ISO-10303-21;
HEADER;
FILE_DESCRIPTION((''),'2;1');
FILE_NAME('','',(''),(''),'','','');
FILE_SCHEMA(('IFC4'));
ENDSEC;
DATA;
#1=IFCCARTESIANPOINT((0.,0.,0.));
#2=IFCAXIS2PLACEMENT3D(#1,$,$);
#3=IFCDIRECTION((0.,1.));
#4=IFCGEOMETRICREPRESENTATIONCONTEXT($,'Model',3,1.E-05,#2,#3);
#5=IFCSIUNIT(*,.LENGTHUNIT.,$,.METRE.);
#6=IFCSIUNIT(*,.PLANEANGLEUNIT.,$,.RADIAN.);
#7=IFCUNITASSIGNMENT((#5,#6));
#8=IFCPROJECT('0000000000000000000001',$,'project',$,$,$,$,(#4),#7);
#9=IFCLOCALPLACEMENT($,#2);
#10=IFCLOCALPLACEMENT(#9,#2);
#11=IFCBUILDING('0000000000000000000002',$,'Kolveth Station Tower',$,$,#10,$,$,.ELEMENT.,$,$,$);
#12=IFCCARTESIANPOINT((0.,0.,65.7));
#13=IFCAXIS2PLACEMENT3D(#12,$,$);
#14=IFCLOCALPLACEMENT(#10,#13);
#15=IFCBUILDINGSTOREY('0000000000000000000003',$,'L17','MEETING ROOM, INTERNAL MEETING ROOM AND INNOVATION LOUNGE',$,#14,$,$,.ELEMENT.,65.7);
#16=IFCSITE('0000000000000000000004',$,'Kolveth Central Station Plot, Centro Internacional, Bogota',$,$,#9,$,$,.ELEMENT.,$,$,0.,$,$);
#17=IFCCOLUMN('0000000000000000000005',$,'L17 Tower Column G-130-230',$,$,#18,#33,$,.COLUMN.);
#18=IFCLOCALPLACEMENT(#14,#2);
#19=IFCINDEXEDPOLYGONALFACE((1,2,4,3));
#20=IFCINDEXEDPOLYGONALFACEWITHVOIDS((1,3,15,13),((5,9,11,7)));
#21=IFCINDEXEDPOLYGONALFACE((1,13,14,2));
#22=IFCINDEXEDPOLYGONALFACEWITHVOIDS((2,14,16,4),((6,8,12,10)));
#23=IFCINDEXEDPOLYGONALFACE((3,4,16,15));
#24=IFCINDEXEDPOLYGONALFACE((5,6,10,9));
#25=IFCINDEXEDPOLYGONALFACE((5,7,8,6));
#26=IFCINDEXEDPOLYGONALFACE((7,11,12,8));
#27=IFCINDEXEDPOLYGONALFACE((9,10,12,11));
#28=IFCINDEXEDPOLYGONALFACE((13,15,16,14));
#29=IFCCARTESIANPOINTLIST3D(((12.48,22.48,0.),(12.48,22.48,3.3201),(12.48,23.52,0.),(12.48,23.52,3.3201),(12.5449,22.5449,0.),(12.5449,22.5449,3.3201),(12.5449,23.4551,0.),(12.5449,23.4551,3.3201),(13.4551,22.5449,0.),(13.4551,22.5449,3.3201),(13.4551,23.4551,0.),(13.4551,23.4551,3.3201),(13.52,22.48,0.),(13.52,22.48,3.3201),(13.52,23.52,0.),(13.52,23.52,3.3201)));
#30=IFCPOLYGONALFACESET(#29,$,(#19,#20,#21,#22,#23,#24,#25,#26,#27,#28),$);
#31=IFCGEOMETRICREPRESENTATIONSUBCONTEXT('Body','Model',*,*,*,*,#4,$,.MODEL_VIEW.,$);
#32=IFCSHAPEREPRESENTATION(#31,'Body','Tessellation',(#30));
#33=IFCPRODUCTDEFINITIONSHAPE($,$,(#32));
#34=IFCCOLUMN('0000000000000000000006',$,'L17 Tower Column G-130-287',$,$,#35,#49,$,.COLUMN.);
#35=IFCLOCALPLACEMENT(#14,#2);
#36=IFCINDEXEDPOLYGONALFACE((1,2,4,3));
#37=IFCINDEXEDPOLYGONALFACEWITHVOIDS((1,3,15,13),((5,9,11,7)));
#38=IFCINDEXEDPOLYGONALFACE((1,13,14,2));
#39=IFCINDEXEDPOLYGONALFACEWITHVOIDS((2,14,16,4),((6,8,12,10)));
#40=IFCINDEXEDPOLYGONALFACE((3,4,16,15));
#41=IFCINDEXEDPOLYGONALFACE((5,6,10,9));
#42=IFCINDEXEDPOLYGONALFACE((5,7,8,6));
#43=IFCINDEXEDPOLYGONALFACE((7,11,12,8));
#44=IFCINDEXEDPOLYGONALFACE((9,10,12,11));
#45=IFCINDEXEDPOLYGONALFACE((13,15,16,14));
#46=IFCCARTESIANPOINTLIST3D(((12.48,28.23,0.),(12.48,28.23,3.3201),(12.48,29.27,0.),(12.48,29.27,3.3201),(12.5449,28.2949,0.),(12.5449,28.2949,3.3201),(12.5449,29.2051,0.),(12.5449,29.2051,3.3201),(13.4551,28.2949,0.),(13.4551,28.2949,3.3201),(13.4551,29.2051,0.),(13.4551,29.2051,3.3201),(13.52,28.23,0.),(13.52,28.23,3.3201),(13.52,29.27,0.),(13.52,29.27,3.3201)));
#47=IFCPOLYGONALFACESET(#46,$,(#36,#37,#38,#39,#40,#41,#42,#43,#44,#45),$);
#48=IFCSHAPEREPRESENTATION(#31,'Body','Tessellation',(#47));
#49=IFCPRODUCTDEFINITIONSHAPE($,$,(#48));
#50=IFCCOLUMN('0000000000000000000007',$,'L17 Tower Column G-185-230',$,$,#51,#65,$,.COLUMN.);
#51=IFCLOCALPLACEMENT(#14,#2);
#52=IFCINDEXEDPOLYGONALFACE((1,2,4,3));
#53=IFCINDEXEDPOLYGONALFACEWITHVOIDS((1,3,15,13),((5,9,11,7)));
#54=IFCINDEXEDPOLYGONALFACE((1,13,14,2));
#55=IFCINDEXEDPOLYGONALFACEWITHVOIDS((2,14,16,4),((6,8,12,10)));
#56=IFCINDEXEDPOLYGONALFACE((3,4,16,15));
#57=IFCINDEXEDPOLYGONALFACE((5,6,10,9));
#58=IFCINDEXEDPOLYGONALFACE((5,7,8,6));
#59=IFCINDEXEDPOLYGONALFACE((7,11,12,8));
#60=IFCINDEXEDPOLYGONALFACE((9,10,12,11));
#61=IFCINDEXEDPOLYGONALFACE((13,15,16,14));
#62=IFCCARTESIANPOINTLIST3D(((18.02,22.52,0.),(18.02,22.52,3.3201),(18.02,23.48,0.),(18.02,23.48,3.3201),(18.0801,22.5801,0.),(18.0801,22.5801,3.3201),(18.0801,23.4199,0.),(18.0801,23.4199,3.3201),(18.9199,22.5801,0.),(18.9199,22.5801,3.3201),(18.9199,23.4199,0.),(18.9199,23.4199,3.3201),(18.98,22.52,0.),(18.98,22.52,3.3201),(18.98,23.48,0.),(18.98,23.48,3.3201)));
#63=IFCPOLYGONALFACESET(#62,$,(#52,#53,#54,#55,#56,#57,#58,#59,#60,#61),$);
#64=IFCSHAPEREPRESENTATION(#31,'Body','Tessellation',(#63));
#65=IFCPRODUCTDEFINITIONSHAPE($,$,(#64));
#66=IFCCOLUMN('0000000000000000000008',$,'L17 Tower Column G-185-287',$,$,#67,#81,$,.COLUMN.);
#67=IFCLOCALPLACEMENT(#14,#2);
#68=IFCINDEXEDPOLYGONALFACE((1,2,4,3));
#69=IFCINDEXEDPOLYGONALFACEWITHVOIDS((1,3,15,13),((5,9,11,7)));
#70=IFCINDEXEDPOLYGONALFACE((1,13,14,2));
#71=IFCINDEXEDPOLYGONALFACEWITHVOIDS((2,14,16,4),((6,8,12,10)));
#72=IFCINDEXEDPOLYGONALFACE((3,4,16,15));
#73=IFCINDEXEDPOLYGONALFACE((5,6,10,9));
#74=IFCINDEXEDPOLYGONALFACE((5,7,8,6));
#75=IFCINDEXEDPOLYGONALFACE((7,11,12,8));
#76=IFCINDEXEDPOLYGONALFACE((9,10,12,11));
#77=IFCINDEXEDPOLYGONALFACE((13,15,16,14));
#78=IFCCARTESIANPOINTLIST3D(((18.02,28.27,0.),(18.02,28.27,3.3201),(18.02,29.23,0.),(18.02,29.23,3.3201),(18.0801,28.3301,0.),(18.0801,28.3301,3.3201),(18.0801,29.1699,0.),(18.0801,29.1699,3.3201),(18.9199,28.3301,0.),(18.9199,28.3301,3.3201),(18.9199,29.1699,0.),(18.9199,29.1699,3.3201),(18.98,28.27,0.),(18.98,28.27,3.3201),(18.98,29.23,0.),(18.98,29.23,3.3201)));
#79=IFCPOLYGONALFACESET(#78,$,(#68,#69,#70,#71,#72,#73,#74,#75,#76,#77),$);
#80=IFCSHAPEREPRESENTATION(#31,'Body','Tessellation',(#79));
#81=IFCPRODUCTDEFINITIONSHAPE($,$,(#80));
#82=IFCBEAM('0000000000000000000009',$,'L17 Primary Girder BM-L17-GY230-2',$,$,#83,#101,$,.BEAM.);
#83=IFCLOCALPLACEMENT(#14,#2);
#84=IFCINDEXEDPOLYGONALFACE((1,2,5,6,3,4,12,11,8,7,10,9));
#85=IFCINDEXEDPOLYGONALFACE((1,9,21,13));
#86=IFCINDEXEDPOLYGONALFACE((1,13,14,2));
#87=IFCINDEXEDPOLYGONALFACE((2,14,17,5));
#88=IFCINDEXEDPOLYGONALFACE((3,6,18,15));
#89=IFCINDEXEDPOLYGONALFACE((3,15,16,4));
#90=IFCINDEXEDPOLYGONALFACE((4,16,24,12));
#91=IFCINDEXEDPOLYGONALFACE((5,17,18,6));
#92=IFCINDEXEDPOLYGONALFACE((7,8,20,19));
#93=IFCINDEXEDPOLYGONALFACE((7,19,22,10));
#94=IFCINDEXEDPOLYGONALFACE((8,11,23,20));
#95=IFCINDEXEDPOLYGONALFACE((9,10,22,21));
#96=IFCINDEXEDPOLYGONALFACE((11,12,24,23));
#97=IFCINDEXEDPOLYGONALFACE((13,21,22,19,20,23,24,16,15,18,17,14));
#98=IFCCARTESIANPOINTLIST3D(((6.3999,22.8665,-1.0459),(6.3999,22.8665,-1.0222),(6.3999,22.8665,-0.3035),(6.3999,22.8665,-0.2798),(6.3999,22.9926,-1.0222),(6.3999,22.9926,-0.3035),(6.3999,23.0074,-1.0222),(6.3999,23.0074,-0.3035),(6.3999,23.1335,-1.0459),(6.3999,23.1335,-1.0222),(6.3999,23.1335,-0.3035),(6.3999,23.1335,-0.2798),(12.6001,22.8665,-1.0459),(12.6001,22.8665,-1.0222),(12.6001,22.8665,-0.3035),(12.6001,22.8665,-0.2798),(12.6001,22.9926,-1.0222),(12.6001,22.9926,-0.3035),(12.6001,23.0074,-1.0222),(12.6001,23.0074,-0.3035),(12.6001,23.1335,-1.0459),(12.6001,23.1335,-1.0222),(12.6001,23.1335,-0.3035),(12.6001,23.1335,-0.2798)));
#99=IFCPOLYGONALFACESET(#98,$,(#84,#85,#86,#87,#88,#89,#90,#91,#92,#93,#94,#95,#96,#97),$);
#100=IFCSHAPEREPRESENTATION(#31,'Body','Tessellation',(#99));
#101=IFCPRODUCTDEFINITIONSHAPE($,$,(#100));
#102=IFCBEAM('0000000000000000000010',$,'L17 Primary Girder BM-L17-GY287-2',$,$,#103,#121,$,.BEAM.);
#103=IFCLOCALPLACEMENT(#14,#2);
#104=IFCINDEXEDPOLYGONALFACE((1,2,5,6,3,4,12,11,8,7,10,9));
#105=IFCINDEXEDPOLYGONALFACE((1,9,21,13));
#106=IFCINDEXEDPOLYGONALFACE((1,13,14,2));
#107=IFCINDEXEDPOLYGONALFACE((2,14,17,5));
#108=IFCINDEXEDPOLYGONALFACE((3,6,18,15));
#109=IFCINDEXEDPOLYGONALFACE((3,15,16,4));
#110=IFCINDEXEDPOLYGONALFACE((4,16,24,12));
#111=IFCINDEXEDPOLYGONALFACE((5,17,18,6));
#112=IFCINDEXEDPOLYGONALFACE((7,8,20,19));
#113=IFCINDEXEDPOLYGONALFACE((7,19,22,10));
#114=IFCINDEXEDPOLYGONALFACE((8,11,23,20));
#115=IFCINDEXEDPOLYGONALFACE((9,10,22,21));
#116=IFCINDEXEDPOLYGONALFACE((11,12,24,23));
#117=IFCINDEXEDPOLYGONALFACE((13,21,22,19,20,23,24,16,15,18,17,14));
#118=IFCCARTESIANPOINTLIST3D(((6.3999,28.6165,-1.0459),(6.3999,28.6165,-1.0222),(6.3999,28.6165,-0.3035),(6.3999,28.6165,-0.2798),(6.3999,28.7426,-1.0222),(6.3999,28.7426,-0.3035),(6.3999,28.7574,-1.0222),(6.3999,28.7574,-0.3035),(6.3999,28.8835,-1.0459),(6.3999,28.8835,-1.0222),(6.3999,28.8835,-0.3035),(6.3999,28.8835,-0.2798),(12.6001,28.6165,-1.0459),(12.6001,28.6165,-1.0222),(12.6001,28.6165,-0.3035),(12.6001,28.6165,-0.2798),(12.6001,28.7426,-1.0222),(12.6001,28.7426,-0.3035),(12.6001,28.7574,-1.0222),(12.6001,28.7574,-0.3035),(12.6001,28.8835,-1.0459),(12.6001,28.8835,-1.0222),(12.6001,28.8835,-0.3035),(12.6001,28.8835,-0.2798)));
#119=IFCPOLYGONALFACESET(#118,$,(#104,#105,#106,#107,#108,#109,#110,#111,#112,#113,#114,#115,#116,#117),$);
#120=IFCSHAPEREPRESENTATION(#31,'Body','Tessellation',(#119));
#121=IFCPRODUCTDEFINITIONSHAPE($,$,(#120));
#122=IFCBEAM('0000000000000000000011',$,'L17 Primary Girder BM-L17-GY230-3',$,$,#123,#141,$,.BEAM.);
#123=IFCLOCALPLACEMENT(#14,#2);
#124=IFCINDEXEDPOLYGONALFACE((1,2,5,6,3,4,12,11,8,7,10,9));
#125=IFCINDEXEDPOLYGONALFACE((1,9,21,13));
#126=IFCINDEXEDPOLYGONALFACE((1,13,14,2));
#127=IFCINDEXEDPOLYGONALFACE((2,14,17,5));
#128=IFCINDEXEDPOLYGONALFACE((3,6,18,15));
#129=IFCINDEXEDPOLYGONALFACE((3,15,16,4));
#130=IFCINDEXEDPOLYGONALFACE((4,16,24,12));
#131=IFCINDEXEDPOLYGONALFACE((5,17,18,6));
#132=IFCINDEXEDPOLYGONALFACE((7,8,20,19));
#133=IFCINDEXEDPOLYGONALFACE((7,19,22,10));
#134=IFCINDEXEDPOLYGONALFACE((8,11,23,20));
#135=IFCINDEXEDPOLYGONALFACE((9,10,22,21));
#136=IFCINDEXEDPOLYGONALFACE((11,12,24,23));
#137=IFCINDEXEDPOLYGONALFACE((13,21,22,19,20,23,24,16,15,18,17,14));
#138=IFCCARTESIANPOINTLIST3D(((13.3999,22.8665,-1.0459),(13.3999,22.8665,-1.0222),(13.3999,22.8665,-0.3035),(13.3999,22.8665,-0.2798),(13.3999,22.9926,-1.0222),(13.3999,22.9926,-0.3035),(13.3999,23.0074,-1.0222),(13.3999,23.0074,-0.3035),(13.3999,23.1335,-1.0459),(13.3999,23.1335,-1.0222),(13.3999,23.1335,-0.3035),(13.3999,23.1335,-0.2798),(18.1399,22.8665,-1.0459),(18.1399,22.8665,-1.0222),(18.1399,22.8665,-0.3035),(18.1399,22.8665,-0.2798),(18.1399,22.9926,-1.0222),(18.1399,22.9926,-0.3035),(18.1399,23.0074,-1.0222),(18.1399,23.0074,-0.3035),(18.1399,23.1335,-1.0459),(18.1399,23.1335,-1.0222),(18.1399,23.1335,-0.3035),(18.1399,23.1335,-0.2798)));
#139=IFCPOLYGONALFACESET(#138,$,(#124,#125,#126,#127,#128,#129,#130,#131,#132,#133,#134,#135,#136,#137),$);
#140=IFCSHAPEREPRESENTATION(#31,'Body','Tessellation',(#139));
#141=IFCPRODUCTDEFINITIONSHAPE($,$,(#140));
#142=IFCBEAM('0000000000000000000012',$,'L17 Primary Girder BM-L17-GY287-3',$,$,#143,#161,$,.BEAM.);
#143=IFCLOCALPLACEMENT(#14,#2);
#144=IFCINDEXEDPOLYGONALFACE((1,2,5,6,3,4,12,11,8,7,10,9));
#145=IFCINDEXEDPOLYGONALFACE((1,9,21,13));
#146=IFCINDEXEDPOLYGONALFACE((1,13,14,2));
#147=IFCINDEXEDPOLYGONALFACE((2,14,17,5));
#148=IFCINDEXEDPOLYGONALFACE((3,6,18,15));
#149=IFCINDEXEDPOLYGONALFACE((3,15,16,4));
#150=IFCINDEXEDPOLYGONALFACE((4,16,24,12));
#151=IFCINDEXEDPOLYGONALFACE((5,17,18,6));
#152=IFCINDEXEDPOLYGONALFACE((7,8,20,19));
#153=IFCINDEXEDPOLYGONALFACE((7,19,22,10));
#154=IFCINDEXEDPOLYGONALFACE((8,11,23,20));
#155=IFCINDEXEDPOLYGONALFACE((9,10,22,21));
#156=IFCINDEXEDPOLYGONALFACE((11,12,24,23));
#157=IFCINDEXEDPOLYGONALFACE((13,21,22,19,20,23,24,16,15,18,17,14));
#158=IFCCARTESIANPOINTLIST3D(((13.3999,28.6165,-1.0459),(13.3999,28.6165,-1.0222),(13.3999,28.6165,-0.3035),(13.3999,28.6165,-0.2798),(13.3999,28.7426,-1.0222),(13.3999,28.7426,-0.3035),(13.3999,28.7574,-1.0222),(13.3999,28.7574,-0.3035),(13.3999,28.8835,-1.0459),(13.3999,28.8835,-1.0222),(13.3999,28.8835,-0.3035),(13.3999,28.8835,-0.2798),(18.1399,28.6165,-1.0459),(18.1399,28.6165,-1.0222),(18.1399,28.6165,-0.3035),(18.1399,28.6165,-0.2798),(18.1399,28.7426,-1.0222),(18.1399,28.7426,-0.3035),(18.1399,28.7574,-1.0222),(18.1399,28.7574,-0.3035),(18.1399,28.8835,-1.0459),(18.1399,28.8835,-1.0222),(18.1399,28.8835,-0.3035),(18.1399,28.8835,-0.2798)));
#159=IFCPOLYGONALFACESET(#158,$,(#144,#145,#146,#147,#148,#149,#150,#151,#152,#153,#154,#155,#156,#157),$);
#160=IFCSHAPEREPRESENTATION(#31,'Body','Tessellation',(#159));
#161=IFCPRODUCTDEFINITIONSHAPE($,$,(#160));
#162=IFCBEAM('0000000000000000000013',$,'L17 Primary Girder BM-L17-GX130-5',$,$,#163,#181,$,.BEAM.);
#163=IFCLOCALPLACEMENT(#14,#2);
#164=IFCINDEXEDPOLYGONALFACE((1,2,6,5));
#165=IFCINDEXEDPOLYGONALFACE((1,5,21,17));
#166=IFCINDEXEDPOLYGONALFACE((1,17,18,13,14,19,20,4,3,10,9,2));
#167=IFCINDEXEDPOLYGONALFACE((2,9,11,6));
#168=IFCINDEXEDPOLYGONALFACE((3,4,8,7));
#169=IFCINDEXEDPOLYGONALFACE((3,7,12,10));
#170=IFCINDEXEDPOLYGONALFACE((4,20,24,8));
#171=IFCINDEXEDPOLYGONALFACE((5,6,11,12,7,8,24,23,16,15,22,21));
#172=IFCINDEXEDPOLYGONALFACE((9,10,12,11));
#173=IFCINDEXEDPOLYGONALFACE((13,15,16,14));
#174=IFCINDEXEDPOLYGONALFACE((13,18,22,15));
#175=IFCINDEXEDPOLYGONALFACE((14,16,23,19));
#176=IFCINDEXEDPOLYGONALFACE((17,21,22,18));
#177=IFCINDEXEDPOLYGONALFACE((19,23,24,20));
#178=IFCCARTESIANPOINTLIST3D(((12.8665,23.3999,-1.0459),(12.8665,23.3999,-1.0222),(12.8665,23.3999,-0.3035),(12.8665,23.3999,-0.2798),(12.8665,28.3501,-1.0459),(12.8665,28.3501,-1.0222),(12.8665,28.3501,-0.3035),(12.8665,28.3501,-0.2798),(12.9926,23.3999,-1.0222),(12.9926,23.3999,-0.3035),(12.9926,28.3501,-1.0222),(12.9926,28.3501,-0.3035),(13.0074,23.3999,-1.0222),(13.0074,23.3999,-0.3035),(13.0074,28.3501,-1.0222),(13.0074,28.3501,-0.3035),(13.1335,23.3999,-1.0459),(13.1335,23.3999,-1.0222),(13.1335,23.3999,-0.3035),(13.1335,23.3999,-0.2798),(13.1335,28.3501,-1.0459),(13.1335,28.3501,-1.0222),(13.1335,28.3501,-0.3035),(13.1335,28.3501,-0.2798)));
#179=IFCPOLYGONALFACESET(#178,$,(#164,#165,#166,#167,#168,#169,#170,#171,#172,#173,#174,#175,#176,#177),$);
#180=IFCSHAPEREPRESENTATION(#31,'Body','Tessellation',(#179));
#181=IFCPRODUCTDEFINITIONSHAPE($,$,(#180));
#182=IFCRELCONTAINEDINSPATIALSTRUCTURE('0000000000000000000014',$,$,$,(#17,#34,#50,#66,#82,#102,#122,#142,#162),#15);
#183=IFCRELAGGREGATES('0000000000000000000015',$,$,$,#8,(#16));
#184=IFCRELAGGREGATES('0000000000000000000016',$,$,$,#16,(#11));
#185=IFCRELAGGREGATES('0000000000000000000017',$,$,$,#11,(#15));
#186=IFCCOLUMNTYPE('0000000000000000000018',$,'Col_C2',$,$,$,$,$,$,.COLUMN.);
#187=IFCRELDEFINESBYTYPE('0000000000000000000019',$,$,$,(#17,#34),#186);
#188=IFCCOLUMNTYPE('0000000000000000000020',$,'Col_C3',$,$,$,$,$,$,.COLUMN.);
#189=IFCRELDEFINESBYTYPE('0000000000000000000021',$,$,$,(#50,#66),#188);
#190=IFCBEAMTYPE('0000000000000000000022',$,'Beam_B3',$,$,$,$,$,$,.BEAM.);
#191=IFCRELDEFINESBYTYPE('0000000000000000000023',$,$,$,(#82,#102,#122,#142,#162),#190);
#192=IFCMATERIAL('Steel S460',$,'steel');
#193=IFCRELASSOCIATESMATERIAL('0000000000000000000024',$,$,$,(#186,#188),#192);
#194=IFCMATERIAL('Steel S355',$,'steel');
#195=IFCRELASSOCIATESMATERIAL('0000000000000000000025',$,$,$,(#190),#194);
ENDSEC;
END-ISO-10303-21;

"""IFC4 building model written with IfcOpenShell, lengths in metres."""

from ifc_helpers import new_model, si_unit, direction, frame, origin, origin_2d, place, context, subcontext, project, spatial, hollow_rectangle, i_section, extrude, source, transform, mapped, material, material_profile, profile_set, type_object, element, save


model = new_model("IFC4")

# Units and contexts
model_context = context("Model", 3, precision=1e-05, world=origin(), true_north=direction((0.0, 1.0)))
body_context = subcontext(model_context, "Body", "Model", "MODEL_VIEW")
ifc_project = project(units=[si_unit("LENGTHUNIT", "METRE"), si_unit("PLANEANGLEUNIT", "RADIAN")], contexts=[model_context])

# Site, building, storey
site_placement = place(None, origin())
site = spatial("IfcSite", under=ifc_project, at=site_placement, Name="Kolveth Central Station Plot, Centro Internacional, Bogota", CompositionType="ELEMENT", RefElevation=0.0)
building_placement = place(site_placement, origin())
building = spatial("IfcBuilding", under=site, at=building_placement, Name="Kolveth Station Tower", CompositionType="ELEMENT")
storey_placement = place(building_placement, frame((0.0, 0.0, 65.7)))
storey = spatial("IfcBuildingStorey", under=building, at=storey_placement, Name="L17", Description="MEETING ROOM, INTERNAL MEETING ROOM AND INNOVATION LOUNGE", CompositionType="ELEMENT", Elevation=65.7)

# Columns
ifc_material_1 = material(Name="Steel S460", Category="steel")
ifc_material_profile_1 = material_profile(ifc_material_1, hollow_rectangle(XDim=1.04, YDim=1.04, WallThickness=0.0649, at=origin_2d()), Name="BOX1040x1040x65")
ifc_profile_set_1 = profile_set([ifc_material_profile_1], Name="Steel S460")
column_type_1 = type_object("IfcColumnType", Name="Col_C2", PredefinedType="COLUMN", material=ifc_profile_set_1)
shared_shape_1 = source(origin(), body_context, "Body", "SweptSolid", [
    extrude(hollow_rectangle(XDim=1.04, YDim=1.04, WallThickness=0.0649, at=origin_2d()), origin(), (0.0, 0.0, 1.0), 3.3201),
])
for number, where, z_axis, x_axis, name in (
    (1, (13.0, 23.0, 0.0), (0.0, 0.0, 1.0), (1.0, 0.0, 0.0), "L17 Tower Column G-130-230"),
    (2, (13.0, 28.75, 0.0), (0.0, 0.0, 1.0), (1.0, 0.0, 0.0), "L17 Tower Column G-130-287"),
):
    element("IfcColumn", number, at=place(storey_placement, frame(where, z_axis=z_axis, x_axis=x_axis)), inside=storey, type_object=column_type_1, Name=name, PredefinedType="COLUMN", context=body_context, shape_type="MappedRepresentation", body=[
        mapped(shared_shape_1, transform((0.0, 0.0, 0.0), x_axis=(1.0, 0.0, 0.0), y_axis=(0.0, 1.0, 0.0), z_axis=(0.0, 0.0, 1.0), scale=1.0)),
    ])
ifc_material_profile_2 = material_profile(ifc_material_1, hollow_rectangle(XDim=0.96, YDim=0.96, WallThickness=0.0601, at=origin_2d()), Name="BOX960x960x60")
ifc_profile_set_2 = profile_set([ifc_material_profile_2], Name="Steel S460")
column_type_2 = type_object("IfcColumnType", Name="Col_C3", PredefinedType="COLUMN", material=ifc_profile_set_2)
shared_shape_2 = source(origin(), body_context, "Body", "SweptSolid", [
    extrude(hollow_rectangle(XDim=0.96, YDim=0.96, WallThickness=0.0601, at=origin_2d()), origin(), (0.0, 0.0, 1.0), 3.3201),
])
for number, where, z_axis, x_axis, name in (
    (3, (18.5, 23.0, 0.0), (0.0, 0.0, 1.0), (1.0, 0.0, 0.0), "L17 Tower Column G-185-230"),
    (4, (18.5, 28.75, 0.0), (0.0, 0.0, 1.0), (1.0, 0.0, 0.0), "L17 Tower Column G-185-287"),
):
    element("IfcColumn", number, at=place(storey_placement, frame(where, z_axis=z_axis, x_axis=x_axis)), inside=storey, type_object=column_type_2, Name=name, PredefinedType="COLUMN", context=body_context, shape_type="MappedRepresentation", body=[
        mapped(shared_shape_2, transform((0.0, 0.0, 0.0), x_axis=(1.0, 0.0, 0.0), y_axis=(0.0, 1.0, 0.0), z_axis=(0.0, 0.0, 1.0), scale=1.0)),
    ])

# Beams
ifc_material_2 = material(Name="Steel S355", Category="steel")
ifc_material_profile_3 = material_profile(ifc_material_2, i_section(OverallWidth=0.2671, OverallDepth=0.7661, WebThickness=0.0149, FlangeThickness=0.0237, at=origin_2d()), Name="W760x185")
ifc_profile_set_3 = profile_set([ifc_material_profile_3], Name="Steel S355")
beam_type_1 = type_object("IfcBeamType", Name="Beam_B3", PredefinedType="BEAM", material=ifc_profile_set_3)
shared_shape_3 = source(origin(), body_context, "Body", "SweptSolid", [
    extrude(i_section(OverallWidth=0.2671, OverallDepth=0.7661, WebThickness=0.0149, FlangeThickness=0.0237, at=origin_2d()), origin(), (0.0, 0.0, 1.0), 6.2002),
])
for number, where, z_axis, x_axis, name in (
    (5, (6.3999, 23.0, -0.6628), (1.0, 0.0, 0.0), (0.0, 1.0, 0.0), "L17 Primary Girder BM-L17-GY230-2"),
    (6, (6.3999, 28.75, -0.6628), (1.0, 0.0, 0.0), (0.0, 1.0, 0.0), "L17 Primary Girder BM-L17-GY287-2"),
):
    element("IfcBeam", number, at=place(storey_placement, frame(where, z_axis=z_axis, x_axis=x_axis)), inside=storey, type_object=beam_type_1, Name=name, PredefinedType="BEAM", context=body_context, shape_type="MappedRepresentation", body=[
        mapped(shared_shape_3, transform((0.0, 0.0, 0.0), x_axis=(1.0, 0.0, 0.0), y_axis=(0.0, 1.0, 0.0), z_axis=(0.0, 0.0, 1.0), scale=1.0)),
    ])
shared_shape_4 = source(origin(), body_context, "Body", "SweptSolid", [
    extrude(i_section(OverallWidth=0.2671, OverallDepth=0.7661, WebThickness=0.0149, FlangeThickness=0.0237, at=origin_2d()), origin(), (0.0, 0.0, 1.0), 4.74),
])
for number, where, z_axis, x_axis, name in (
    (7, (13.3999, 23.0, -0.6628), (1.0, 0.0, 0.0), (0.0, 1.0, 0.0), "L17 Primary Girder BM-L17-GY230-3"),
    (8, (13.3999, 28.75, -0.6628), (1.0, 0.0, 0.0), (0.0, 1.0, 0.0), "L17 Primary Girder BM-L17-GY287-3"),
):
    element("IfcBeam", number, at=place(storey_placement, frame(where, z_axis=z_axis, x_axis=x_axis)), inside=storey, type_object=beam_type_1, Name=name, PredefinedType="BEAM", context=body_context, shape_type="MappedRepresentation", body=[
        mapped(shared_shape_4, transform((0.0, 0.0, 0.0), x_axis=(1.0, 0.0, 0.0), y_axis=(0.0, 1.0, 0.0), z_axis=(0.0, 0.0, 1.0), scale=1.0)),
    ])
shared_shape_5 = source(origin(), body_context, "Body", "SweptSolid", [
    extrude(i_section(OverallWidth=0.2671, OverallDepth=0.7661, WebThickness=0.0149, FlangeThickness=0.0237, at=origin_2d()), origin(), (0.0, 0.0, 1.0), 4.9502),
])
beam_1_placement = place(storey_placement, frame((13.0, 23.3999, -0.6628), z_axis=(0.0, 1.0, 0.0), x_axis=(-1.0, 0.0, 0.0)))
element("IfcBeam", 9, at=beam_1_placement, inside=storey, type_object=beam_type_1, Name="L17 Primary Girder BM-L17-GX130-5", PredefinedType="BEAM", context=body_context, shape_type="MappedRepresentation", body=[
    mapped(shared_shape_5, transform((0.0, 0.0, 0.0), x_axis=(1.0, 0.0, 0.0), y_axis=(0.0, 1.0, 0.0), z_axis=(0.0, 0.0, 1.0), scale=1.0)),
])

save(model, "model.ifc")
